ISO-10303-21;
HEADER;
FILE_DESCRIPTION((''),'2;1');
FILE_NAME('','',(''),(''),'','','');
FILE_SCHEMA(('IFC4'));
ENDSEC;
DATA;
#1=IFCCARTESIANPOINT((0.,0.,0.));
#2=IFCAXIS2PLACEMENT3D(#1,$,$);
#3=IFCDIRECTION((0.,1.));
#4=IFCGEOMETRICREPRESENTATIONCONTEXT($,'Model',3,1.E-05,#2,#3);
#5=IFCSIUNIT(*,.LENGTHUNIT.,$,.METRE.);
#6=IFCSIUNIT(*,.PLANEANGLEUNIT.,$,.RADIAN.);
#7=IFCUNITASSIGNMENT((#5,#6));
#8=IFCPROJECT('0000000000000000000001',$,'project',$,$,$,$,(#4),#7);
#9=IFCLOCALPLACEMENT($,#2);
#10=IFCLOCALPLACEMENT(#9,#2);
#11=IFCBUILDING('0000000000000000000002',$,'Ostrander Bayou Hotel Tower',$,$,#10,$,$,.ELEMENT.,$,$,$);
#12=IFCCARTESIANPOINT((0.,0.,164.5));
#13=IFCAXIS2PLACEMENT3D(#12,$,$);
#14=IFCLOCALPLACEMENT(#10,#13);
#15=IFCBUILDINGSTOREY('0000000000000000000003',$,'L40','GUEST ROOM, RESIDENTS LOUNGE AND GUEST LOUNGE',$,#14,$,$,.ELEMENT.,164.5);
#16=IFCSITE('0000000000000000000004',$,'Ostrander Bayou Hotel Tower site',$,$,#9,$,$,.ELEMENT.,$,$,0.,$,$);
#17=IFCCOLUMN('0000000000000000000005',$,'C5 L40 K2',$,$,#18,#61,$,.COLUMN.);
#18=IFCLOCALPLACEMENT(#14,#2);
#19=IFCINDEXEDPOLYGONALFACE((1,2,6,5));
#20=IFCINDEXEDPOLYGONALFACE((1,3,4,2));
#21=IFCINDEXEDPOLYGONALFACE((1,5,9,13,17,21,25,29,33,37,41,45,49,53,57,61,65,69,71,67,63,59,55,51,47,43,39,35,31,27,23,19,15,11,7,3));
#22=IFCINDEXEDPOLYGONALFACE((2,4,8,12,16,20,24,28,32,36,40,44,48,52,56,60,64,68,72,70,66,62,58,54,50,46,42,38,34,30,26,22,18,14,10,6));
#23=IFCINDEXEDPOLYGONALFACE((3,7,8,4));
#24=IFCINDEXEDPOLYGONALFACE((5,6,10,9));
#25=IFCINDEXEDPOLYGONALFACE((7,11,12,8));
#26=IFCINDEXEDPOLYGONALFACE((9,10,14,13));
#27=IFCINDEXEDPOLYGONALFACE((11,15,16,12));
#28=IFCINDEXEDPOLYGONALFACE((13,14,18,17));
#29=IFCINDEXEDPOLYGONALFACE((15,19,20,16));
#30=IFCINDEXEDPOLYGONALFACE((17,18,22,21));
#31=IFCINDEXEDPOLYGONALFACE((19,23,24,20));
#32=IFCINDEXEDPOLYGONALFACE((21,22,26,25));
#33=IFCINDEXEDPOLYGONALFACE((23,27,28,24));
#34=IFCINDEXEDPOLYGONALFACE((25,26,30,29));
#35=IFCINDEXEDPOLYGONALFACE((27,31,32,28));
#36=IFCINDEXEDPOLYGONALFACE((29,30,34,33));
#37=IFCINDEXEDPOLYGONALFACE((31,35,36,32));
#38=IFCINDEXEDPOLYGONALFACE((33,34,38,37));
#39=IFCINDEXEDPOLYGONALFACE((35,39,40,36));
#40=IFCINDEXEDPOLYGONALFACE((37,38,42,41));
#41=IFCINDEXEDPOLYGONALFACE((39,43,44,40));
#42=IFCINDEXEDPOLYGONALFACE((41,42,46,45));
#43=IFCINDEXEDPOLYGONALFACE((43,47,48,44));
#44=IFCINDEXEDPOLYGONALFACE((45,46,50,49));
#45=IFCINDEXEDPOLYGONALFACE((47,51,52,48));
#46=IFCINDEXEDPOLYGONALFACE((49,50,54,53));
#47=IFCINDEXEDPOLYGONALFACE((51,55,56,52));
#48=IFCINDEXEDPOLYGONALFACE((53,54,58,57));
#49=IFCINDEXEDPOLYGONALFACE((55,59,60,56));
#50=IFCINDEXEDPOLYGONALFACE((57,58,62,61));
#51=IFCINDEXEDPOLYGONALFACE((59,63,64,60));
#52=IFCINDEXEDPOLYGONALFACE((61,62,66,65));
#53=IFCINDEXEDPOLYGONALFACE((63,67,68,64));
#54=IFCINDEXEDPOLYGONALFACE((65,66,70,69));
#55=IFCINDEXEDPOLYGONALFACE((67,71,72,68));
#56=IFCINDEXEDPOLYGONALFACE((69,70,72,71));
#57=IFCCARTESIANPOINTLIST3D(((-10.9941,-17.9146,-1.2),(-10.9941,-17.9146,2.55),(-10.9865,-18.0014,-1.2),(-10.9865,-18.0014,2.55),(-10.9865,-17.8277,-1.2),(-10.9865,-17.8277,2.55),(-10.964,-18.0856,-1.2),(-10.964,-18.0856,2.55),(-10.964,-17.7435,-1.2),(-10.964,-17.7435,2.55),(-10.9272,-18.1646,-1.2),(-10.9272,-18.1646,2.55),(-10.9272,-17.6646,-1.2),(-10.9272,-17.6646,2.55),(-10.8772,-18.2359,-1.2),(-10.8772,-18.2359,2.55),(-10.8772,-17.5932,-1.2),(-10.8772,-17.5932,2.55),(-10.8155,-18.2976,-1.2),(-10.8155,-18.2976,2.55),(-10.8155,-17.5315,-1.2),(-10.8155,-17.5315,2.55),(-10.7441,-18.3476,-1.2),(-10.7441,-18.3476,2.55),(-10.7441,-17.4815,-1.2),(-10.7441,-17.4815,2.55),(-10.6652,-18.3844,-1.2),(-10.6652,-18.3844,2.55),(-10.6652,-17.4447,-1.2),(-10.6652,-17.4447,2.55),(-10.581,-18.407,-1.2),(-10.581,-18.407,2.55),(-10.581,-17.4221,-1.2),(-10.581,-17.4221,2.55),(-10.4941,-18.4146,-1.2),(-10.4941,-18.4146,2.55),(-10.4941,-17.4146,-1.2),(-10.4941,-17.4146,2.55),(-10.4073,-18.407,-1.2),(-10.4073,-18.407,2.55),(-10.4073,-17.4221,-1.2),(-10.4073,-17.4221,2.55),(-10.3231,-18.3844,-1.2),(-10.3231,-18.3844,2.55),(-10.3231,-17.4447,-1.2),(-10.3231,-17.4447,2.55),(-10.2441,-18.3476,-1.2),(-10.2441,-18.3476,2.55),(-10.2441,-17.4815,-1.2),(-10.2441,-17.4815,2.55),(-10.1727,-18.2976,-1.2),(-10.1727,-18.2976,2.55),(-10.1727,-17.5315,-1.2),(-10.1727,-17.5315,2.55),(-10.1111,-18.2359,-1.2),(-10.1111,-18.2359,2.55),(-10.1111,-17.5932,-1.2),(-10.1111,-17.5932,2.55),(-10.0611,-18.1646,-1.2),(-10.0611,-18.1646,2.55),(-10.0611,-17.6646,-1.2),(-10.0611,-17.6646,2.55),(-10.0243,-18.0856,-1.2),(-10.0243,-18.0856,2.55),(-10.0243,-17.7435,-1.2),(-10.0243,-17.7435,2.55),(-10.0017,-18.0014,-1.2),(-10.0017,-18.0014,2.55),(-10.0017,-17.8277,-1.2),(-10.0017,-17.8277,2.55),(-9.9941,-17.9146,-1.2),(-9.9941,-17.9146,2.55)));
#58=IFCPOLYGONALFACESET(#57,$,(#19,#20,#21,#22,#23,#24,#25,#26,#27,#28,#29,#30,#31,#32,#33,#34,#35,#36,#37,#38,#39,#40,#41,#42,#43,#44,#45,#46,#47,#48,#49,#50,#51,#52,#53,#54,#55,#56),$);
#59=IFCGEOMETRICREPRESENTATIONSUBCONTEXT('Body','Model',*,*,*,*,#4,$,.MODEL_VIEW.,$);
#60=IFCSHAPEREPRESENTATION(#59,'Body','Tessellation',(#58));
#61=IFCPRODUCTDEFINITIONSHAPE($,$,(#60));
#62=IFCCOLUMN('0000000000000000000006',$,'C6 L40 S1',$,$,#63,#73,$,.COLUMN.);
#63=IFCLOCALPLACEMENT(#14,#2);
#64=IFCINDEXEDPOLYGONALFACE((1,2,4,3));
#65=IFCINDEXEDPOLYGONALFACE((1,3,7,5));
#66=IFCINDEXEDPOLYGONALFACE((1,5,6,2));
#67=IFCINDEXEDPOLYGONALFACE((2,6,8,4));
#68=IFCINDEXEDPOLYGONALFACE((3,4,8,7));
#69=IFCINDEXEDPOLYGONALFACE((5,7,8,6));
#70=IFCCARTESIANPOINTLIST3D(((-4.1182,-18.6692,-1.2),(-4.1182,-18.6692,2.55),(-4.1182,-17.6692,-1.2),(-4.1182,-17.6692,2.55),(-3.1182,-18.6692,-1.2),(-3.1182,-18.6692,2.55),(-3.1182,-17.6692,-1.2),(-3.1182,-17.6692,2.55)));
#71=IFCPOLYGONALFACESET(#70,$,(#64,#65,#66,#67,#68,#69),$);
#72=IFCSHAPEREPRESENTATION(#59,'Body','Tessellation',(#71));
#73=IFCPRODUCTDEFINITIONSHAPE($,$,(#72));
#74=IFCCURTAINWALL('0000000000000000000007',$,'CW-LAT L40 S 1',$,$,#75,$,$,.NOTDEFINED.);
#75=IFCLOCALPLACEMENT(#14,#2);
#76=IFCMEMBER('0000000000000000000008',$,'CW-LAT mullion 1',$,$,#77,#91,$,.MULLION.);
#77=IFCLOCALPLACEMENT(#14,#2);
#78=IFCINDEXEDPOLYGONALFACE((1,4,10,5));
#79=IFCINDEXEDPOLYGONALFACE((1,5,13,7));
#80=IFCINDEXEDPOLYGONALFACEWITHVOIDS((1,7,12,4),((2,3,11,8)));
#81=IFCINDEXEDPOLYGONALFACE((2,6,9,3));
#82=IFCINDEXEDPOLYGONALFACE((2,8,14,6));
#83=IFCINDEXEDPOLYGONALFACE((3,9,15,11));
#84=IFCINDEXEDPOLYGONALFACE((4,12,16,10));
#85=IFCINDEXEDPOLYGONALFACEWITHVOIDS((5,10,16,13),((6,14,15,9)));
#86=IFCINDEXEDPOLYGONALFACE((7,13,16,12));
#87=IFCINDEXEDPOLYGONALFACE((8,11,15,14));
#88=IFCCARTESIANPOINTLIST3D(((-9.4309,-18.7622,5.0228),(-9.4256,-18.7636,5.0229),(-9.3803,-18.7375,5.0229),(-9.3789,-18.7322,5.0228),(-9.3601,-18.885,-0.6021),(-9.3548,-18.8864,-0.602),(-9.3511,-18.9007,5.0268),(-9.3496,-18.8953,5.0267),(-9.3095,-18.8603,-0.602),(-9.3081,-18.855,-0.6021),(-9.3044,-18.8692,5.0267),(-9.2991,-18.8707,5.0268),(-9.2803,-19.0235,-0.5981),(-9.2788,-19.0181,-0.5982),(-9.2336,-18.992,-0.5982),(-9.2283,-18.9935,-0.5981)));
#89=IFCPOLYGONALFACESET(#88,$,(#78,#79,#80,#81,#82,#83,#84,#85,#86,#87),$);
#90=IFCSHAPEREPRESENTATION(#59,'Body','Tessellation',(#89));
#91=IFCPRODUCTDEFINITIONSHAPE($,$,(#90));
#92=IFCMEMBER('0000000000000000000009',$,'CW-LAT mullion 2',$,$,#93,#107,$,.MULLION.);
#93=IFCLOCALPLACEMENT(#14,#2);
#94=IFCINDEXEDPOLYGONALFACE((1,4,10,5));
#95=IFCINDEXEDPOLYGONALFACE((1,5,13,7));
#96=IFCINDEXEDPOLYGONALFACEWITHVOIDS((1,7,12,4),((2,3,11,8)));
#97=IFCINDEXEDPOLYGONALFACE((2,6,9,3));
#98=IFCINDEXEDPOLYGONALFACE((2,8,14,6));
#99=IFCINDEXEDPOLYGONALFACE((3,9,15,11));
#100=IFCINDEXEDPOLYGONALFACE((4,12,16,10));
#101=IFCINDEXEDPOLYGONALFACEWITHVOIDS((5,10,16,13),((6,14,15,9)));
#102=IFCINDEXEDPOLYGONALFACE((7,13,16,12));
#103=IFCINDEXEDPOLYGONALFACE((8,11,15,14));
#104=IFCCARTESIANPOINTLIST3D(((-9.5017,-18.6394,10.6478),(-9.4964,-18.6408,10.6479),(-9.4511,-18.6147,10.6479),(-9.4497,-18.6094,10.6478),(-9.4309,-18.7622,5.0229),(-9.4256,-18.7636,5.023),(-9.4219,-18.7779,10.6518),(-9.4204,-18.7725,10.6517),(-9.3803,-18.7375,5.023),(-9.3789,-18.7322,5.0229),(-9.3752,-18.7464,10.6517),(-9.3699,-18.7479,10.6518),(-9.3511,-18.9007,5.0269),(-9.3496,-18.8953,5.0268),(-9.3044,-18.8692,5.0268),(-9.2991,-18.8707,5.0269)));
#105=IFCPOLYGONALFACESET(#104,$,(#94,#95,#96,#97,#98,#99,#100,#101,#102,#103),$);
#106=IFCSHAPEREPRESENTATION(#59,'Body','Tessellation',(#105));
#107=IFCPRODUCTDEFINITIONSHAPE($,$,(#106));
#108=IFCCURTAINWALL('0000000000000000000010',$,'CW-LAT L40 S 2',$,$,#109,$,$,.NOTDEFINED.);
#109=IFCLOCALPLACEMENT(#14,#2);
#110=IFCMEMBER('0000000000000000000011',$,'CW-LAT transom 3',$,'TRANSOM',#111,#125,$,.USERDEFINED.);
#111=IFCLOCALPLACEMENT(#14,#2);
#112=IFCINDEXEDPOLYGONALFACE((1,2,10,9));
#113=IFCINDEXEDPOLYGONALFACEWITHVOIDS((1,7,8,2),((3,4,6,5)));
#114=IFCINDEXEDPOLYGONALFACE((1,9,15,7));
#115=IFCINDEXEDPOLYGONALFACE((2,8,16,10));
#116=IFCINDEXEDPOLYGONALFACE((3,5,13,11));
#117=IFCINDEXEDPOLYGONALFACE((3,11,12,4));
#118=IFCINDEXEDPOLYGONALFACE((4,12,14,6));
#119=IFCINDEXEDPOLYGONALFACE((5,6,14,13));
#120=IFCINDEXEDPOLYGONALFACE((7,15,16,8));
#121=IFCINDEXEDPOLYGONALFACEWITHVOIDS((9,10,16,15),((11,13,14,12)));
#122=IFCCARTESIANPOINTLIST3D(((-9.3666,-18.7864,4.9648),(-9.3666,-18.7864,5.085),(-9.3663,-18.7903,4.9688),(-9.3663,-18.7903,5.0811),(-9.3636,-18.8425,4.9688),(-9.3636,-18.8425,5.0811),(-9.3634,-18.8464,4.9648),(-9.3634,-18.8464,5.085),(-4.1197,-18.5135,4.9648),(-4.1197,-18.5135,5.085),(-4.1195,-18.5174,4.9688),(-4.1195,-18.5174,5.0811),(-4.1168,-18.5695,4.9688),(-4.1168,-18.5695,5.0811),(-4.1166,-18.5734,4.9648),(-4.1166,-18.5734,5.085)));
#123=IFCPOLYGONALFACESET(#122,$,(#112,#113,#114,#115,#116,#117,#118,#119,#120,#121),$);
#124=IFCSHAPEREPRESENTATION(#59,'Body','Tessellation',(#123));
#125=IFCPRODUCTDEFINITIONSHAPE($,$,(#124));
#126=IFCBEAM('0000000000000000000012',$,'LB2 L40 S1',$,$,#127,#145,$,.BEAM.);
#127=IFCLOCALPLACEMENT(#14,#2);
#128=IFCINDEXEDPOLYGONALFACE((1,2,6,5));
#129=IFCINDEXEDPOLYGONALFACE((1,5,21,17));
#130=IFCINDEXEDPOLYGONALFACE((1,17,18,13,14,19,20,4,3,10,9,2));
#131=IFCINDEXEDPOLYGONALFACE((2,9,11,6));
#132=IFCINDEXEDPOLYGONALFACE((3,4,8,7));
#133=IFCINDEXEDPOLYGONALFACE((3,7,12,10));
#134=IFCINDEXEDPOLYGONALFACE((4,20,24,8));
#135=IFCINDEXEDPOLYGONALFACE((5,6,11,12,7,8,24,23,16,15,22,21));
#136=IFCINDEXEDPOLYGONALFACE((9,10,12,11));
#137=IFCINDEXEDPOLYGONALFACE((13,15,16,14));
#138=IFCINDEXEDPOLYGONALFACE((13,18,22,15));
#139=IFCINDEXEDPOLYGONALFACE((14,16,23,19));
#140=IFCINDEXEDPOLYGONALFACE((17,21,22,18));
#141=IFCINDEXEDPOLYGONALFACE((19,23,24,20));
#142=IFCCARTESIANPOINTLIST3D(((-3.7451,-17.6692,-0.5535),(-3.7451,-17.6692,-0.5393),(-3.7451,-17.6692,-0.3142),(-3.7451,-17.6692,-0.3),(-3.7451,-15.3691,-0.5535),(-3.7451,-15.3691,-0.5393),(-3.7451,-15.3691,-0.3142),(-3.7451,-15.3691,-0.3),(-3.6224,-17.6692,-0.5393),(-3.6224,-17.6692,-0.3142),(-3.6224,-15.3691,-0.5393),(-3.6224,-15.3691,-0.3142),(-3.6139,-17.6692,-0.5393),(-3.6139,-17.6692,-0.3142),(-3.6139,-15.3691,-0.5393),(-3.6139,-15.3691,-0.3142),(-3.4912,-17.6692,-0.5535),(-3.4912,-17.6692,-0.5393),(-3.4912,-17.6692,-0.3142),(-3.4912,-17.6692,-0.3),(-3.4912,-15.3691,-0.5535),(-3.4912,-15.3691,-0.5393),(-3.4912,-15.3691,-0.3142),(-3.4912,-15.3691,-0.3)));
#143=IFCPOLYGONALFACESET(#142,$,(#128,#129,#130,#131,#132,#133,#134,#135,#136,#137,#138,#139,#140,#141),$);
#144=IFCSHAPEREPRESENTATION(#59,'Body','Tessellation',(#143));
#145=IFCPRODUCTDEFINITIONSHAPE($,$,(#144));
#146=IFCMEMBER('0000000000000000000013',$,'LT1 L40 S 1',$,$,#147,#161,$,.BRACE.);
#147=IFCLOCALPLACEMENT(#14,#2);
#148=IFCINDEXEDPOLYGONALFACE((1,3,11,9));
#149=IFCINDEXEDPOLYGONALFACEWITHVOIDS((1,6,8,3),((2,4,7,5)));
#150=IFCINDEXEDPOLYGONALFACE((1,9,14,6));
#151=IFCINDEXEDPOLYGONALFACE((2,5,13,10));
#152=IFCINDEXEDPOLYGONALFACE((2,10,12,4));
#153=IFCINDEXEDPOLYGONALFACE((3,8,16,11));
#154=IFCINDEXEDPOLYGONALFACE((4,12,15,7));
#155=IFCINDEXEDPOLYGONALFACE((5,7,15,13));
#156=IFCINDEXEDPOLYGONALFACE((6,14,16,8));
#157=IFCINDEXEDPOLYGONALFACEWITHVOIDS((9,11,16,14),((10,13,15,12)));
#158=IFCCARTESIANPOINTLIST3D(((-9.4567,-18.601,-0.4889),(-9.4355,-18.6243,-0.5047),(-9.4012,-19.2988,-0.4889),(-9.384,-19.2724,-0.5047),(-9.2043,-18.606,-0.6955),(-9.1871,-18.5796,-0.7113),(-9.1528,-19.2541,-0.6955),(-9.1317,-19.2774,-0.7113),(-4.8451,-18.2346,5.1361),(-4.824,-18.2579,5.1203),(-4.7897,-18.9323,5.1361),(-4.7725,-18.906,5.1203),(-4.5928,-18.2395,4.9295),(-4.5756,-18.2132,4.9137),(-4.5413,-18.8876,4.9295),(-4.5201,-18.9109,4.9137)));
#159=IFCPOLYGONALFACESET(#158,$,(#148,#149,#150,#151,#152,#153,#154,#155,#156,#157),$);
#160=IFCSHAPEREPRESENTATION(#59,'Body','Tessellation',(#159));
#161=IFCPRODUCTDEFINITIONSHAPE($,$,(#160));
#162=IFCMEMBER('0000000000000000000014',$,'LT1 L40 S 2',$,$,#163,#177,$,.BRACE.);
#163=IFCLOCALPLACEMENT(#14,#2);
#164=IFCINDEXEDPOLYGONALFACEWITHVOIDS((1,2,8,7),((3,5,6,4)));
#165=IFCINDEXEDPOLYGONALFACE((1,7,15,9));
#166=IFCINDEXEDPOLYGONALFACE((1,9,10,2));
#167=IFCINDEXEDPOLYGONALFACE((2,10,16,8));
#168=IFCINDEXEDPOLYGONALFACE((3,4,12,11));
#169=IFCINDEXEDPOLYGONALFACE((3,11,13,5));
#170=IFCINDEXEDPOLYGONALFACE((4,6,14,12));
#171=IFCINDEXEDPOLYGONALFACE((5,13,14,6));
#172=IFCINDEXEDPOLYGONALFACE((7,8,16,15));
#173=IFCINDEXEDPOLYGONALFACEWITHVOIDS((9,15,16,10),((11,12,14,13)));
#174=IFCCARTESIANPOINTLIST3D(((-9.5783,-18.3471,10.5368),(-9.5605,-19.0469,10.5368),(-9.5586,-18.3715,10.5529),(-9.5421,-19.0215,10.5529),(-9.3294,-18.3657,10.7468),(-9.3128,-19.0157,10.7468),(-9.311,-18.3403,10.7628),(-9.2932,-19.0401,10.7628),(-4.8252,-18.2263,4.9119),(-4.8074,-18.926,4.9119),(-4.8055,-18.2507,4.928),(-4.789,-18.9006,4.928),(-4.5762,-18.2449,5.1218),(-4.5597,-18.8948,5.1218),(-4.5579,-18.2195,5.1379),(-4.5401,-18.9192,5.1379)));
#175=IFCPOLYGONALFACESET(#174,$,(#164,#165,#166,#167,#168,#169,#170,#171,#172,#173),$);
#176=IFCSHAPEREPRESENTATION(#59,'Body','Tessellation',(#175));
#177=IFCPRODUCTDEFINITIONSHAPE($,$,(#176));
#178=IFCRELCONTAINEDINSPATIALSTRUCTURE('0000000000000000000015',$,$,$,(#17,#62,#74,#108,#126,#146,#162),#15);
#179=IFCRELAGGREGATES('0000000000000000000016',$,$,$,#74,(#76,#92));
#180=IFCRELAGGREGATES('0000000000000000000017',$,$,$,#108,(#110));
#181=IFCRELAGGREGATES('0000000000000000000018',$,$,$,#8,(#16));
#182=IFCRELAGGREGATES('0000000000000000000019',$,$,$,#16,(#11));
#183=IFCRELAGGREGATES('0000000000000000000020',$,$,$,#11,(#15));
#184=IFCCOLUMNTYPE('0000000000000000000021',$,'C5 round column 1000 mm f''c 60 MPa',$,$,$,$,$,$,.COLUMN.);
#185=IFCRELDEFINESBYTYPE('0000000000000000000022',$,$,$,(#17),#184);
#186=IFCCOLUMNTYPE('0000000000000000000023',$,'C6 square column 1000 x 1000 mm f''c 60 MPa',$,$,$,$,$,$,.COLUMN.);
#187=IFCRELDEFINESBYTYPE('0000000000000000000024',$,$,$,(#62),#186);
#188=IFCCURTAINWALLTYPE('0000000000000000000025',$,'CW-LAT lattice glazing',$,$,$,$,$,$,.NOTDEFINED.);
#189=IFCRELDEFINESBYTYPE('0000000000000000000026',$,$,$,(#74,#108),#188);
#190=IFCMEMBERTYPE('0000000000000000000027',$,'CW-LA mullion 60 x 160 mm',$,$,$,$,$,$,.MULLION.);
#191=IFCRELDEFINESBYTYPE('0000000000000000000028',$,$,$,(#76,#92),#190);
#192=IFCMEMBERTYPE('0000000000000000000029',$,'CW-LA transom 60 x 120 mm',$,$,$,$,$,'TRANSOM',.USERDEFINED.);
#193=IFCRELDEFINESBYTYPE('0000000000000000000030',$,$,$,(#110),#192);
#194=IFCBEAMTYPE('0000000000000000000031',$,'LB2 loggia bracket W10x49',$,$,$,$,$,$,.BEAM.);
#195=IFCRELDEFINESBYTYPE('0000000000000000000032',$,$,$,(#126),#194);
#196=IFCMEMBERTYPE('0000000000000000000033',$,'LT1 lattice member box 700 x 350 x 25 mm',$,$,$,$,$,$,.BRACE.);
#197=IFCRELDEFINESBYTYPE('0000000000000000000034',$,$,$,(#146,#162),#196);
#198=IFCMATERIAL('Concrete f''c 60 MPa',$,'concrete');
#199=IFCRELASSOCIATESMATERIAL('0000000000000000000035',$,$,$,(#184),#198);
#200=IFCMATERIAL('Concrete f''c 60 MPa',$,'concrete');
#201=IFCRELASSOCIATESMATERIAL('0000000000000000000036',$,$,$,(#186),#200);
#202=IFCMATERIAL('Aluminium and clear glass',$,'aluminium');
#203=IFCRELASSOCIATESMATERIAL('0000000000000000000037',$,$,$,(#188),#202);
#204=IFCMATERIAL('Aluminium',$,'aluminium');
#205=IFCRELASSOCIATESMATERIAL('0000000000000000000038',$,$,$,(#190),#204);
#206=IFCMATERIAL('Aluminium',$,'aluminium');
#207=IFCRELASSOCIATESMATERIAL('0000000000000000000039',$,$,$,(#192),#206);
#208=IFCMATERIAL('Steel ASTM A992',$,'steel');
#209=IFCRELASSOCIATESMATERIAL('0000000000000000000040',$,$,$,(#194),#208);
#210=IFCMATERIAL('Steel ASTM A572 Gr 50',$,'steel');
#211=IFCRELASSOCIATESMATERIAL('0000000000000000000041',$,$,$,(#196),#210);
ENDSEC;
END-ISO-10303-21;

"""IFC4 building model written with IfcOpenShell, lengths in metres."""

from ifc_helpers import new_model, si_unit, direction, frame, origin, origin_2d, place, context, subcontext, project, spatial, rectangle, hollow_rectangle, circle, i_section, extrude, material, material_profile, profile_set, type_object, element, aggregate, save


model = new_model("IFC4")

# Units and contexts
model_context = context("Model", 3, precision=1e-05, world=origin(), true_north=direction((0.0, 1.0)))
body_context = subcontext(model_context, "Body", "Model", "MODEL_VIEW")
ifc_project = project(units=[si_unit("LENGTHUNIT", "METRE"), si_unit("PLANEANGLEUNIT", "RADIAN")], contexts=[model_context])

# Site, building, storey
site_placement = place(None, origin())
site = spatial("IfcSite", under=ifc_project, at=site_placement, Name="Ostrander Bayou Hotel Tower site", CompositionType="ELEMENT", RefElevation=0.0)
building_placement = place(site_placement, origin())
building = spatial("IfcBuilding", under=site, at=building_placement, Name="Ostrander Bayou Hotel Tower", CompositionType="ELEMENT")
storey_placement = place(building_placement, frame((0.0, 0.0, 164.5)))
storey = spatial("IfcBuildingStorey", under=building, at=storey_placement, Name="L40", Description="GUEST ROOM, RESIDENTS LOUNGE AND GUEST LOUNGE", CompositionType="ELEMENT", Elevation=164.5)

# Columns
ifc_material_1 = material(Name="Concrete f'c 60 MPa", Category="concrete")
ifc_material_profile_1 = material_profile(ifc_material_1, circle(Radius=0.5, at=origin_2d()))
ifc_profile_set_1 = profile_set([ifc_material_profile_1], Name="Concrete f'c 60 MPa")
column_type_1 = type_object("IfcColumnType", Name="C5 round column 1000 mm f'c 60 MPa", PredefinedType="COLUMN", material=ifc_profile_set_1)
column_1_placement = place(storey_placement, frame((-10.4941, -17.9146, -1.2), z_axis=(0.0, 0.0, 1.0), x_axis=(1.0, 0.0, 0.0)))
element("IfcColumn", 1, at=column_1_placement, inside=storey, type_object=column_type_1, Name="C5 L40 K2", PredefinedType="COLUMN", context=body_context, shape_type="SweptSolid", body=[
    extrude(circle(Radius=0.5, at=origin_2d()), origin(), (0.0, 0.0, 1.0), 3.75),
])
ifc_material_2 = material(Name="Concrete f'c 60 MPa", Category="concrete")
ifc_material_profile_2 = material_profile(ifc_material_2, rectangle(XDim=1.0, YDim=1.0, at=origin_2d()))
ifc_profile_set_2 = profile_set([ifc_material_profile_2], Name="Concrete f'c 60 MPa")
column_type_2 = type_object("IfcColumnType", Name="C6 square column 1000 x 1000 mm f'c 60 MPa", PredefinedType="COLUMN", material=ifc_profile_set_2)
column_2_placement = place(storey_placement, frame((-3.6182, -18.1692, -1.2), z_axis=(0.0, 0.0, 1.0), x_axis=(-1.0, 0.0, 0.0)))
element("IfcColumn", 2, at=column_2_placement, inside=storey, type_object=column_type_2, Name="C6 L40 S1", PredefinedType="COLUMN", context=body_context, shape_type="SweptSolid", body=[
    extrude(rectangle(XDim=1.0, YDim=1.0, at=origin_2d()), origin(), (0.0, 0.0, 1.0), 3.75),
])

# Curtain wall, members
ifc_material_3 = material(Name="Aluminium and clear glass", Category="aluminium")
curtain_wall_type = type_object("IfcCurtainWallType", Name="CW-LAT lattice glazing", PredefinedType="NOTDEFINED", material=ifc_material_3)
curtain_wall_1_placement = place(storey_placement, origin())
curtain_wall_1 = element("IfcCurtainWall", 3, at=curtain_wall_1_placement, inside=storey, type_object=curtain_wall_type, Name="CW-LAT L40 S 1", PredefinedType="NOTDEFINED")
ifc_material_4 = material(Name="Aluminium", Category="aluminium")
ifc_material_profile_3 = material_profile(ifc_material_4, hollow_rectangle(XDim=0.0601, YDim=0.1599, WallThickness=0.0039, at=origin_2d()))
ifc_profile_set_3 = profile_set([ifc_material_profile_3], Name="Aluminium")
member_type_1 = type_object("IfcMemberType", Name="CW-LA mullion 60 x 160 mm", PredefinedType="MULLION", material=ifc_profile_set_3)
member_1_placement = place(storey_placement, frame((-9.2942, -18.9392, -0.6001), z_axis=(-0.012583, 0.021825, 0.999683), x_axis=(-0.866329, -0.499474, 0.0)))
member_1 = element("IfcMember", 4, at=member_1_placement, type_object=member_type_1, Name="CW-LAT mullion 1", PredefinedType="MULLION", context=body_context, shape_type="SweptSolid", body=[
    extrude(hollow_rectangle(XDim=0.0601, YDim=0.1599, WallThickness=0.0039, at=origin_2d()), origin(), (0.0, 0.0, 1.0), 5.6267),
])
member_2_placement = place(storey_placement, frame((-9.365, -18.8164, 5.0249), z_axis=(-0.012583, 0.021825, 0.999683), x_axis=(-0.866329, -0.499474, 0.0)))
member_2 = element("IfcMember", 5, at=member_2_placement, type_object=member_type_1, Name="CW-LAT mullion 2", PredefinedType="MULLION", context=body_context, shape_type="SweptSolid", body=[
    extrude(hollow_rectangle(XDim=0.0601, YDim=0.1599, WallThickness=0.0039, at=origin_2d()), origin(), (0.0, 0.0, 1.0), 5.6267),
])

# Curtain wall, member
curtain_wall_2_placement = place(storey_placement, origin())
curtain_wall_2 = element("IfcCurtainWall", 6, at=curtain_wall_2_placement, inside=storey, type_object=curtain_wall_type, Name="CW-LAT L40 S 2", PredefinedType="NOTDEFINED")
ifc_material_5 = material(Name="Aluminium", Category="aluminium")
ifc_material_profile_4 = material_profile(ifc_material_5, hollow_rectangle(XDim=0.0601, YDim=0.1201, WallThickness=0.0039, at=origin_2d()))
ifc_profile_set_4 = profile_set([ifc_material_profile_4], Name="Aluminium")
member_type_2 = type_object("IfcMemberType", Name="CW-LA transom 60 x 120 mm", ElementType="TRANSOM", PredefinedType="USERDEFINED", material=ifc_profile_set_4)
member_3_placement = place(storey_placement, frame((-9.365, -18.8164, 5.0249), z_axis=(0.99865, 0.051952, 0.0), x_axis=(-0.051952, 0.99865, 0.0)))
member_3 = element("IfcMember", 7, at=member_3_placement, type_object=member_type_2, Name="CW-LAT transom 3", ObjectType="TRANSOM", PredefinedType="USERDEFINED", context=body_context, shape_type="SweptSolid", body=[
    extrude(hollow_rectangle(XDim=0.0601, YDim=0.1201, WallThickness=0.0039, at=origin_2d()), origin(), (0.0, 0.0, 1.0), 5.2539),
])

# Beam
ifc_material_6 = material(Name="Steel ASTM A992", Category="steel")
ifc_material_profile_5 = material_profile(ifc_material_6, i_section(OverallWidth=0.2539, OverallDepth=0.2534, WebThickness=0.0085, FlangeThickness=0.0142, at=origin_2d()))
ifc_profile_set_5 = profile_set([ifc_material_profile_5], Name="Steel ASTM A992")
beam_type_1 = type_object("IfcBeamType", Name="LB2 loggia bracket W10x49", PredefinedType="BEAM", material=ifc_profile_set_5)
beam_1_placement = place(storey_placement, frame((-3.6182, -17.6692, -0.4268), z_axis=(0.0, 1.0, 0.0), x_axis=(-1.0, 0.0, 0.0)))
element("IfcBeam", 8, at=beam_1_placement, inside=storey, type_object=beam_type_1, Name="LB2 L40 S1", PredefinedType="BEAM", context=body_context, shape_type="SweptSolid", body=[
    extrude(i_section(OverallWidth=0.2539, OverallDepth=0.2534, WebThickness=0.0085, FlangeThickness=0.0142, at=origin_2d()), origin(), (0.0, 0.0, 1.0), 2.3),
])

# Members
ifc_material_7 = material(Name="Steel ASTM A572 Gr 50", Category="steel")
ifc_material_profile_6 = material_profile(ifc_material_7, hollow_rectangle(XDim=0.7, YDim=0.3501, WallThickness=0.0249, at=origin_2d()))
ifc_profile_set_6 = profile_set([ifc_material_profile_6], Name="Steel ASTM A572 Gr 50")
member_type_3 = type_object("IfcMemberType", Name="LT1 lattice member box 700 x 350 x 25 mm", PredefinedType="BRACE", material=ifc_profile_set_6)
member_4_placement = place(storey_placement, frame((-4.6826, -18.5728, 5.0249), z_axis=(-0.6332, -0.050317, -0.772351), x_axis=(0.079215, -0.996858, 0.0)))
element("IfcMember", 9, at=member_4_placement, inside=storey, type_object=member_type_3, Name="LT1 L40 S 1", PredefinedType="BRACE", context=body_context, shape_type="SweptSolid", body=[
    extrude(hollow_rectangle(XDim=0.7, YDim=0.3501, WallThickness=0.0249, at=origin_2d()), origin(), (0.0, 0.0, 1.0), 7.283),
])
member_5_placement = place(storey_placement, frame((-4.6826, -18.5728, 5.0249), z_axis=(-0.645345, -0.016408, 0.763715), x_axis=(0.025417, -0.999677, 0.0)))
element("IfcMember", 10, at=member_5_placement, inside=storey, type_object=member_type_3, Name="LT1 L40 S 2", PredefinedType="BRACE", context=body_context, shape_type="SweptSolid", body=[
    extrude(hollow_rectangle(XDim=0.7, YDim=0.3501, WallThickness=0.0249, at=origin_2d()), origin(), (0.0, 0.0, 1.0), 7.3652),
])

aggregate(curtain_wall_1, [member_1, member_2])
aggregate(curtain_wall_2, [member_3])

save(model, "model.ifc")
